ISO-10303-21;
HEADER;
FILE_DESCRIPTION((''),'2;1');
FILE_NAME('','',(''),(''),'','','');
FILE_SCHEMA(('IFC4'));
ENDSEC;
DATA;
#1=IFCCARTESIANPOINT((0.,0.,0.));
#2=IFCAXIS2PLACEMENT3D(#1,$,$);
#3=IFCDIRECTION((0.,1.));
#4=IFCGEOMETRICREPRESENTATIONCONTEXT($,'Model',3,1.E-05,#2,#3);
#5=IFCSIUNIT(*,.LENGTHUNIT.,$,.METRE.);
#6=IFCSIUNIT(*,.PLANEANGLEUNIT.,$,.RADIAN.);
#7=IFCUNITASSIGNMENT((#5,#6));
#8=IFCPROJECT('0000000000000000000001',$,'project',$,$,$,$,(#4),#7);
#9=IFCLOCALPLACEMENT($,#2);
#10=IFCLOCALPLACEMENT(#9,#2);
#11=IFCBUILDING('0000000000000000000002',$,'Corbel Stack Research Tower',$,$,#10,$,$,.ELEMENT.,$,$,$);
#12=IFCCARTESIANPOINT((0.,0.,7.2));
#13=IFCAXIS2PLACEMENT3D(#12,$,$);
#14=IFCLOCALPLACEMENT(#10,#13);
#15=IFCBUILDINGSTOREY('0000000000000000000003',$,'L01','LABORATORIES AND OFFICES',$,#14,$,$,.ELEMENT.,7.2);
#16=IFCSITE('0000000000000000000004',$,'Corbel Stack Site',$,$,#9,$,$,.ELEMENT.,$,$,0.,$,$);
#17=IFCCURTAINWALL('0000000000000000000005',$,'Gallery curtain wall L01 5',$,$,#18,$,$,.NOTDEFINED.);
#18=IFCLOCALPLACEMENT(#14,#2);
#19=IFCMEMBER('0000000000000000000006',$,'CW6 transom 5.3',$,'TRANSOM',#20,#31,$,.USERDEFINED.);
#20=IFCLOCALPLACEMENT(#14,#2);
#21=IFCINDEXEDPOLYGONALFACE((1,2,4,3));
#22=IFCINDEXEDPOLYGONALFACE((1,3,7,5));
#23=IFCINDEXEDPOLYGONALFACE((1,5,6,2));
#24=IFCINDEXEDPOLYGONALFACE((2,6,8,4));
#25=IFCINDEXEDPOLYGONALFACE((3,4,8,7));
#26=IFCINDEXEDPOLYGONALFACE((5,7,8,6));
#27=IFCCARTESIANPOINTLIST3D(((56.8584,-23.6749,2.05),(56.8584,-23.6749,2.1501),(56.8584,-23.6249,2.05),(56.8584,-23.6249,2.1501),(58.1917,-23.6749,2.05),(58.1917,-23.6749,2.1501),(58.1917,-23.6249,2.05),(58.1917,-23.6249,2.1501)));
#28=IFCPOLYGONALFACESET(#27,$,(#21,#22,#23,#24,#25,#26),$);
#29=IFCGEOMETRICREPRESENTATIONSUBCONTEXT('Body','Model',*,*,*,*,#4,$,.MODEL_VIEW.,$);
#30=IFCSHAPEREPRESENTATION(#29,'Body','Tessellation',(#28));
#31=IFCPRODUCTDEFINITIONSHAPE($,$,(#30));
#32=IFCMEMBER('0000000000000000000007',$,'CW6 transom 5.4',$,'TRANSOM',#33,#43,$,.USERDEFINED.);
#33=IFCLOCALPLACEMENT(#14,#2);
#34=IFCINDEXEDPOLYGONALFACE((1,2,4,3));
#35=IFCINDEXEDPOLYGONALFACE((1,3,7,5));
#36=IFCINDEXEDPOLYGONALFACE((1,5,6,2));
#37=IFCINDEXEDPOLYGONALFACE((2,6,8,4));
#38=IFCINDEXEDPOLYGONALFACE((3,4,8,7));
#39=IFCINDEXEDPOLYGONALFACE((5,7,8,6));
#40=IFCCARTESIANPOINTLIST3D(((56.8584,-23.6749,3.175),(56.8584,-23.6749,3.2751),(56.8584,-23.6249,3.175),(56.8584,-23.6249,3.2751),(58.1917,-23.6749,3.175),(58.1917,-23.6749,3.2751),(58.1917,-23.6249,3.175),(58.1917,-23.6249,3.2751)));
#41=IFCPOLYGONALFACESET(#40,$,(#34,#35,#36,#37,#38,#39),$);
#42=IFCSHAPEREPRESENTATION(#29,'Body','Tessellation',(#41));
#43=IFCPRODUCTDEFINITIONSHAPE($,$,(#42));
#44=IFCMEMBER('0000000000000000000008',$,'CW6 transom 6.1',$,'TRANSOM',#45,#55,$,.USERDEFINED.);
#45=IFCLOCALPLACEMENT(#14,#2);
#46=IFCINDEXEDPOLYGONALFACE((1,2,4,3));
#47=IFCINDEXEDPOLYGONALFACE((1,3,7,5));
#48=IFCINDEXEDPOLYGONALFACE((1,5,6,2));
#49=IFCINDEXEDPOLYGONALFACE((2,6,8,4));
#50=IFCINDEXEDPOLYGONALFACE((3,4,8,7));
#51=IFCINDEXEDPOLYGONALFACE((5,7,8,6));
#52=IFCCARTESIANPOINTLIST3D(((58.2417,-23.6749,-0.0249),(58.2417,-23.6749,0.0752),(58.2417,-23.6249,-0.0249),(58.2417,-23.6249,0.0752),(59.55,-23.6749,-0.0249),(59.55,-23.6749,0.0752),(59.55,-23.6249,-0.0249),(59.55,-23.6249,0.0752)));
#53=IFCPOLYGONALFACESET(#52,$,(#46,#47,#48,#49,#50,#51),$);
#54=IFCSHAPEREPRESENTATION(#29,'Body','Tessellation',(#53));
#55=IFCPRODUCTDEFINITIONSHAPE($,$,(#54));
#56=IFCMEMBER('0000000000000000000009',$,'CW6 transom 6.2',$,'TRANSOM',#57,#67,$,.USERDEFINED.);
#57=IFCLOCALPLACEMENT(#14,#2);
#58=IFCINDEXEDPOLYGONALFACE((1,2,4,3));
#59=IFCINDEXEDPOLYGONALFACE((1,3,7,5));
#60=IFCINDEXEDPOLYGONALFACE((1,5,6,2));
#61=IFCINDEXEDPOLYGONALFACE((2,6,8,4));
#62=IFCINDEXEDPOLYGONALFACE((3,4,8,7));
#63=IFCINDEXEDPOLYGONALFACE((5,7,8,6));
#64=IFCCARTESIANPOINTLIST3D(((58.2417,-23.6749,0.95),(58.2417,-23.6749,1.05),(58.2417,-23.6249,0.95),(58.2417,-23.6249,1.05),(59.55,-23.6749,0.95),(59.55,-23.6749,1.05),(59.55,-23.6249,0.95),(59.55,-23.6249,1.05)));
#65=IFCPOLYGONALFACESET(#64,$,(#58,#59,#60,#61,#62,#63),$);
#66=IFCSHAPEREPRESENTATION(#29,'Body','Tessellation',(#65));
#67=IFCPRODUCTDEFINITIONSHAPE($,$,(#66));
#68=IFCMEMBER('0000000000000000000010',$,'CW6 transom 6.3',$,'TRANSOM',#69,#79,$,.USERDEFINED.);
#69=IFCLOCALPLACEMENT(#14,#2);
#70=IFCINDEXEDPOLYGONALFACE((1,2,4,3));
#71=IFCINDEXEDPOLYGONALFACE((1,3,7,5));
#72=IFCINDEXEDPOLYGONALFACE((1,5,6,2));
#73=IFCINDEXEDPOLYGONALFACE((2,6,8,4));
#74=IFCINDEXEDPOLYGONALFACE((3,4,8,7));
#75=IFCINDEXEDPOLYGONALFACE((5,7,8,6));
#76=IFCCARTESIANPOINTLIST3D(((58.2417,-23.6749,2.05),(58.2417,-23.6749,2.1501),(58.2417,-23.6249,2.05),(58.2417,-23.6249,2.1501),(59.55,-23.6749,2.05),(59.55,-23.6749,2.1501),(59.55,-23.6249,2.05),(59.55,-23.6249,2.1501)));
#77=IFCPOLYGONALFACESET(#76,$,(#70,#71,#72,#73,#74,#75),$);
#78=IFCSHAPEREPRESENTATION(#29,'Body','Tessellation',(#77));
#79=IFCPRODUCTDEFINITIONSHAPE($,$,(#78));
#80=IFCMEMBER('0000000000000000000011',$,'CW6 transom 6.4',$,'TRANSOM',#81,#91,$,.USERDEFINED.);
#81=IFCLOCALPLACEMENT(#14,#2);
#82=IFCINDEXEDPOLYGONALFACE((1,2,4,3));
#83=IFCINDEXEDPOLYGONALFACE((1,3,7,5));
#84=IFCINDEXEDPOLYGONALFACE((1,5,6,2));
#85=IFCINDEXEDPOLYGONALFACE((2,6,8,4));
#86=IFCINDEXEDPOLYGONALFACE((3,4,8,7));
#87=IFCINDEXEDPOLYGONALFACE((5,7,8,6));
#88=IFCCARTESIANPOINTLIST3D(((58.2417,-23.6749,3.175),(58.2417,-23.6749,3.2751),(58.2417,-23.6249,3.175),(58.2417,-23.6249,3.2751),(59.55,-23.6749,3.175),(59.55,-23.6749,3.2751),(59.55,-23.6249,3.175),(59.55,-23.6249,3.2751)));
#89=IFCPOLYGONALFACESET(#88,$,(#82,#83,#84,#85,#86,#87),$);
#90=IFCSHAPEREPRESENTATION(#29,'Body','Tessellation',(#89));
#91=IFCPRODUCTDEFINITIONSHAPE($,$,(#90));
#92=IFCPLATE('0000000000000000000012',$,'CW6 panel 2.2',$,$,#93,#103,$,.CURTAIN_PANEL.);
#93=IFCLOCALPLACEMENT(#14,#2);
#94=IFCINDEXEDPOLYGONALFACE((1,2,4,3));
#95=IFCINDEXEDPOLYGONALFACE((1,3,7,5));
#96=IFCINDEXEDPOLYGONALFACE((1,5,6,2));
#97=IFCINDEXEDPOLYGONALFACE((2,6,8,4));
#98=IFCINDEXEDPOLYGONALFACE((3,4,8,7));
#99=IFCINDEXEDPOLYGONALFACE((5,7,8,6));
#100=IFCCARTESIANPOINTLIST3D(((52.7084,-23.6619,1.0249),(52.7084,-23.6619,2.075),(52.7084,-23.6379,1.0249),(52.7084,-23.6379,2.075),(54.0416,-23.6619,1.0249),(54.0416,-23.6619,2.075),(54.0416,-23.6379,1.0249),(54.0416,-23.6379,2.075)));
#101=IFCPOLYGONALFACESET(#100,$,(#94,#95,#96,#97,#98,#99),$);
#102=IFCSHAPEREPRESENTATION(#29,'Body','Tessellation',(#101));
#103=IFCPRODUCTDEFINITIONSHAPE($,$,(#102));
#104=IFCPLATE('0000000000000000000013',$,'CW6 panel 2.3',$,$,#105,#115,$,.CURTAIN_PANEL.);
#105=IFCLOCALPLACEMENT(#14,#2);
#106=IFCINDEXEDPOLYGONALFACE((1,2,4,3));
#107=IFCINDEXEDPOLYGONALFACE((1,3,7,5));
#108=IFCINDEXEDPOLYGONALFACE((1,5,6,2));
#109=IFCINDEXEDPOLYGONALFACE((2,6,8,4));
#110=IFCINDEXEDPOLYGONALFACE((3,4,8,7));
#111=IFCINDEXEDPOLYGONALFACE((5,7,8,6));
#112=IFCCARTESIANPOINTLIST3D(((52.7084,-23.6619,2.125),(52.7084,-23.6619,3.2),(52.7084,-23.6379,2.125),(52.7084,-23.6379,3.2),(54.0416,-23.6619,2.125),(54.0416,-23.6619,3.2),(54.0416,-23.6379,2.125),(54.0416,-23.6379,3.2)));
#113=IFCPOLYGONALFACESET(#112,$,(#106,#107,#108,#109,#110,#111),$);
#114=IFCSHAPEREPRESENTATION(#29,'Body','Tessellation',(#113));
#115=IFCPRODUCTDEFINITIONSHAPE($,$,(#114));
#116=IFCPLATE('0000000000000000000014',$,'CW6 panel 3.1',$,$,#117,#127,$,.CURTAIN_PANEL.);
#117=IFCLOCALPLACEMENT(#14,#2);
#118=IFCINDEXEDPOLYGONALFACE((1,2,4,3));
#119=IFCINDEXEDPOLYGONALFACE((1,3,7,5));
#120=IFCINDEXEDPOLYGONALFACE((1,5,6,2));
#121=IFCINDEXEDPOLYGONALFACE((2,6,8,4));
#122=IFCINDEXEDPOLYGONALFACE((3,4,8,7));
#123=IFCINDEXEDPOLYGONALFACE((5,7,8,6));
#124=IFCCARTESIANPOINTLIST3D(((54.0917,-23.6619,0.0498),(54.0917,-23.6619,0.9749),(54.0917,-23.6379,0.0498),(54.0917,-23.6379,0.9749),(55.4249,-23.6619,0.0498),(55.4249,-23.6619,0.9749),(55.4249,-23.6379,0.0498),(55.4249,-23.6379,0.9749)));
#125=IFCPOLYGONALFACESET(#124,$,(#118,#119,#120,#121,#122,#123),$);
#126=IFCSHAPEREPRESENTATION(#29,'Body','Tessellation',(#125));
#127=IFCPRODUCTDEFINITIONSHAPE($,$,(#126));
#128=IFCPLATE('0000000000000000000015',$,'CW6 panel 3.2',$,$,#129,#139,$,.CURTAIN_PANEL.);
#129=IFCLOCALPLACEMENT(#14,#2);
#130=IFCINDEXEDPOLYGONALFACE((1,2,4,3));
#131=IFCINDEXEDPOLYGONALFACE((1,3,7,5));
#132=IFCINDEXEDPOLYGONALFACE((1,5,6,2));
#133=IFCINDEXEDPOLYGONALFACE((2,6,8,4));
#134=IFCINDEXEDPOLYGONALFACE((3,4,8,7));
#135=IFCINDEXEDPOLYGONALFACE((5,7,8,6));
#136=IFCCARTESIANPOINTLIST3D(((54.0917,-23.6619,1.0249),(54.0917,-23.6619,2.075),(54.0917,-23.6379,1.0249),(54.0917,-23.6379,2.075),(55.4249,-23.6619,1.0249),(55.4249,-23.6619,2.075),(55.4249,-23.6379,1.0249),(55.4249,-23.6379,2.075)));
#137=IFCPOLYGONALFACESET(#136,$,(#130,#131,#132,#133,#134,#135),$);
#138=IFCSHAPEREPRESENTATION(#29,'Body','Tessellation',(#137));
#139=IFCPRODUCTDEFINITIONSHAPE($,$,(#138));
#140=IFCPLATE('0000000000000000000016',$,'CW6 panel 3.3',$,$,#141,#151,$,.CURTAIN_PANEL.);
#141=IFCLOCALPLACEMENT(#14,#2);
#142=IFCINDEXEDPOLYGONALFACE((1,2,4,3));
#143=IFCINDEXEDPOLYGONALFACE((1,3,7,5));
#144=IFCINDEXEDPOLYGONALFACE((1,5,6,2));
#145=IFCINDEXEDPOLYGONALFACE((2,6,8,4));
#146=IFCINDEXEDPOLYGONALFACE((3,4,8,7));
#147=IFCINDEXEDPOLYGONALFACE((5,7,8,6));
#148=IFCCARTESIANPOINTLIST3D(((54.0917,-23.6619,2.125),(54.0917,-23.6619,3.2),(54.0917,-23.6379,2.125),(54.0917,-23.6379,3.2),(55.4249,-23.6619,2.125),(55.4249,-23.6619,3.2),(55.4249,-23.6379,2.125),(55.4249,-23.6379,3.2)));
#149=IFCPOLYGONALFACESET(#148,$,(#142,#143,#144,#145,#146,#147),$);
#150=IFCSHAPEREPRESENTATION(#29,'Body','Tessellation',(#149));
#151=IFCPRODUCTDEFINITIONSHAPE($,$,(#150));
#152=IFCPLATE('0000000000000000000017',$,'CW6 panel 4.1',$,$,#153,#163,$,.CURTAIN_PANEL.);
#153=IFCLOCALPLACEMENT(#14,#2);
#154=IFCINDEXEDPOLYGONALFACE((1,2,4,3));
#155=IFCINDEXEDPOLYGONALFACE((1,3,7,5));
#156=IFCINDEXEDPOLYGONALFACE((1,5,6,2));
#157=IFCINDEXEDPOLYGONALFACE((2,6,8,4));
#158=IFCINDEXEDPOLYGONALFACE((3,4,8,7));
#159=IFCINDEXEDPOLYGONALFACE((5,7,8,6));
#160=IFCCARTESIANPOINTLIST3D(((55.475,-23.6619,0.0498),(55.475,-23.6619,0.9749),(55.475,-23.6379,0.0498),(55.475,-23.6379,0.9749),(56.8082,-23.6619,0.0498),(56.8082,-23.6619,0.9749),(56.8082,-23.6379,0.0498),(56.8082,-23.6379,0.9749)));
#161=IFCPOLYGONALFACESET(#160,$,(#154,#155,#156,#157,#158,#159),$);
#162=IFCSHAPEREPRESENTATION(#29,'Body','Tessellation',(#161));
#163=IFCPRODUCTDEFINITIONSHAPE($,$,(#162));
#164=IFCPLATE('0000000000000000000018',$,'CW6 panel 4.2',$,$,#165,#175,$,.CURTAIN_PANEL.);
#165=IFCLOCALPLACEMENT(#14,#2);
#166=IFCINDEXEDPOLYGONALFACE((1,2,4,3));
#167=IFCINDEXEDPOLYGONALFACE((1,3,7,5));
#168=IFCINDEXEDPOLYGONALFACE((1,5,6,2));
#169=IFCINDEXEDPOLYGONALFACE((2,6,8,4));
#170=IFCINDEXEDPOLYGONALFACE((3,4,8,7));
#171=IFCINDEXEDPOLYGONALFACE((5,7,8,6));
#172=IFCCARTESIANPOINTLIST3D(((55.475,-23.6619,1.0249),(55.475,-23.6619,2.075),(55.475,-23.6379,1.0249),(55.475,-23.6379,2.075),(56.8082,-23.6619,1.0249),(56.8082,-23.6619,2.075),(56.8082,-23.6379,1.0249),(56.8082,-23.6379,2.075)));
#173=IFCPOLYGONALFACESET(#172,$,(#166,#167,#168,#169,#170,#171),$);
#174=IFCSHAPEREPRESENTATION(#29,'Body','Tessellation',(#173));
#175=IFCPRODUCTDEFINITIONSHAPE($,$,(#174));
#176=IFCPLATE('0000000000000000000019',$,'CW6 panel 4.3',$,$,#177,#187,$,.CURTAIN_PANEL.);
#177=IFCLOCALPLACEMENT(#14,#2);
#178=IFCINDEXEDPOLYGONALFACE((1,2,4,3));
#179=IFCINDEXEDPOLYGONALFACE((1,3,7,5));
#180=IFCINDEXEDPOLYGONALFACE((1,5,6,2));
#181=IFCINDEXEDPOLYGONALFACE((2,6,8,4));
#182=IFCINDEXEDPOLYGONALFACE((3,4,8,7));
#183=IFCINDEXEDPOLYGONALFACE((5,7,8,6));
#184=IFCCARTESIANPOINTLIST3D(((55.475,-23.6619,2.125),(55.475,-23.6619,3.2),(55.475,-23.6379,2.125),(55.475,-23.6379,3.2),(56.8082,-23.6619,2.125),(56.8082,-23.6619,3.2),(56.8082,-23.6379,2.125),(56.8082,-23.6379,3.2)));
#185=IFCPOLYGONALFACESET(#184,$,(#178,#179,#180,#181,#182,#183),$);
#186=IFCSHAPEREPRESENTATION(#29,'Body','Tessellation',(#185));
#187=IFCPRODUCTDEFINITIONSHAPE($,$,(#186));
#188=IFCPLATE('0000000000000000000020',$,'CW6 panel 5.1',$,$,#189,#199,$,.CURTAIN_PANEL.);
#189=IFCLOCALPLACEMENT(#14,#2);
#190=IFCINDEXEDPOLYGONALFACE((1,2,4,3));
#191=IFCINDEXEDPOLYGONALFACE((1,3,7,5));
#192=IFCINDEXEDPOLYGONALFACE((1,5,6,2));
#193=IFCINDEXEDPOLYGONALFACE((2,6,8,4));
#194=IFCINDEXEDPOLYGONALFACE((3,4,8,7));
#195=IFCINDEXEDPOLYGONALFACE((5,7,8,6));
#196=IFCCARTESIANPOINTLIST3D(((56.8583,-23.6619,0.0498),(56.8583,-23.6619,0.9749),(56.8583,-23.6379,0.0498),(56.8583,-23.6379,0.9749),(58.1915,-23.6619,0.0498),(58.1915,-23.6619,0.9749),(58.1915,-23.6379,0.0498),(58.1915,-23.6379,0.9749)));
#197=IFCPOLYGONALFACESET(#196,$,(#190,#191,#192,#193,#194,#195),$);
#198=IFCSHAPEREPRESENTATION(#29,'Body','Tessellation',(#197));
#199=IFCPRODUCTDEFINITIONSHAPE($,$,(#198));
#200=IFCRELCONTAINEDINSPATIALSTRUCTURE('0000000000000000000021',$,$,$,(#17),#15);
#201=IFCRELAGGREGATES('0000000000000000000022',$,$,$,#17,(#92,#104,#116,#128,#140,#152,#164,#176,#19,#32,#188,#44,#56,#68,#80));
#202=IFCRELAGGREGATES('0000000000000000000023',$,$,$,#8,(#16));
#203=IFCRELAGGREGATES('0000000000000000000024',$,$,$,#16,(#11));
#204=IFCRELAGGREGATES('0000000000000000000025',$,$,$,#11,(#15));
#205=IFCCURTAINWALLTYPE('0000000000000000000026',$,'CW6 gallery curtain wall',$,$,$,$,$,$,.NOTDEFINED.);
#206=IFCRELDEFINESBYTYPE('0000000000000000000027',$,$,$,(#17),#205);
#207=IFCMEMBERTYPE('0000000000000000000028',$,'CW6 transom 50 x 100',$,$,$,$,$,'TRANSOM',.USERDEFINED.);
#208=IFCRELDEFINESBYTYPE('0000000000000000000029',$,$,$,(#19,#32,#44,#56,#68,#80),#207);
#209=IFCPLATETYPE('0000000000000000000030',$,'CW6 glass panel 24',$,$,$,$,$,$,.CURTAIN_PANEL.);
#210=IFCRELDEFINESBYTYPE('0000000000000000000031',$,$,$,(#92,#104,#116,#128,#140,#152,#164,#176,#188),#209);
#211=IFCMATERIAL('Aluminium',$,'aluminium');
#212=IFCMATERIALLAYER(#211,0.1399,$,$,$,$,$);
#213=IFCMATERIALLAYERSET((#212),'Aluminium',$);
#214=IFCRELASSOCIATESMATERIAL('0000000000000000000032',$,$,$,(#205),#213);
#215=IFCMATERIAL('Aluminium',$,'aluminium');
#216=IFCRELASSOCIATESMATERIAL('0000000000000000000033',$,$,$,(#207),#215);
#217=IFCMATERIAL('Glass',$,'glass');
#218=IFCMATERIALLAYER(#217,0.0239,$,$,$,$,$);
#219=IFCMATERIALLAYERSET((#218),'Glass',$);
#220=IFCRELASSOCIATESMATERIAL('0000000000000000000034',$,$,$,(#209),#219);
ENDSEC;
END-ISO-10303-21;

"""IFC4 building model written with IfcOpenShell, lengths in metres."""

from ifc_helpers import new_model, si_unit, direction, frame, origin, origin_2d, place, context, subcontext, project, spatial, rectangle, extrude, material, layer, layer_set, material_profile, profile_set, type_object, element, aggregate, save


model = new_model("IFC4")

# Units and contexts
model_context = context("Model", 3, precision=1e-05, world=origin(), true_north=direction((0.0, 1.0)))
body_context = subcontext(model_context, "Body", "Model", "MODEL_VIEW")
ifc_project = project(units=[si_unit("LENGTHUNIT", "METRE"), si_unit("PLANEANGLEUNIT", "RADIAN")], contexts=[model_context])

# Site, building, storey
site_placement = place(None, origin())
site = spatial("IfcSite", under=ifc_project, at=site_placement, Name="Corbel Stack Site", CompositionType="ELEMENT", RefElevation=0.0)
building_placement = place(site_placement, origin())
building = spatial("IfcBuilding", under=site, at=building_placement, Name="Corbel Stack Research Tower", CompositionType="ELEMENT")
storey_placement = place(building_placement, frame((0.0, 0.0, 7.2)))
storey = spatial("IfcBuildingStorey", under=building, at=storey_placement, Name="L01", Description="LABORATORIES AND OFFICES", CompositionType="ELEMENT", Elevation=7.2)

# Curtain wall, members, plates
ifc_material_1 = material(Name="Aluminium", Category="aluminium")
ifc_layer_1 = layer(ifc_material_1, 0.1399)
ifc_layer_set_1 = layer_set([ifc_layer_1], Name="Aluminium")
curtain_wall_type = type_object("IfcCurtainWallType", Name="CW6 gallery curtain wall", PredefinedType="NOTDEFINED", material=ifc_layer_set_1)
curtain_wall_placement = place(storey_placement, origin())
curtain_wall = element("IfcCurtainWall", 1, at=curtain_wall_placement, inside=storey, type_object=curtain_wall_type, Name="Gallery curtain wall L01 5", PredefinedType="NOTDEFINED")
ifc_material_2 = material(Name="Aluminium", Category="aluminium")
ifc_material_profile_1 = material_profile(ifc_material_2, rectangle(XDim=0.05, YDim=0.1001, at=origin_2d()), Name="Transom 50 x 100")
ifc_profile_set_1 = profile_set([ifc_material_profile_1], Name="Aluminium")
member_type_1 = type_object("IfcMemberType", Name="CW6 transom 50 x 100", ElementType="TRANSOM", PredefinedType="USERDEFINED", material=ifc_profile_set_1)
member_1_placement = place(storey_placement, frame((56.8584, -23.6499, 2.1001), z_axis=(1.0, 0.0, 0.0), x_axis=(0.0, 1.0, 0.0)))
member_1 = element("IfcMember", 2, at=member_1_placement, type_object=member_type_1, Name="CW6 transom 5.3", ObjectType="TRANSOM", PredefinedType="USERDEFINED", context=body_context, shape_type="SweptSolid", body=[
    extrude(rectangle(XDim=0.05, YDim=0.1001, at=origin_2d()), origin(), (0.0, 0.0, 1.0), 1.3333),
])
member_2_placement = place(storey_placement, frame((56.8584, -23.6499, 3.2251), z_axis=(1.0, 0.0, 0.0), x_axis=(0.0, 1.0, 0.0)))
member_2 = element("IfcMember", 3, at=member_2_placement, type_object=member_type_1, Name="CW6 transom 5.4", ObjectType="TRANSOM", PredefinedType="USERDEFINED", context=body_context, shape_type="SweptSolid", body=[
    extrude(rectangle(XDim=0.05, YDim=0.1001, at=origin_2d()), origin(), (0.0, 0.0, 1.0), 1.3333),
])
member_3_placement = place(storey_placement, frame((58.2417, -23.6499, 0.0251), z_axis=(1.0, 0.0, 0.0), x_axis=(0.0, 1.0, 0.0)))
member_3 = element("IfcMember", 4, at=member_3_placement, type_object=member_type_1, Name="CW6 transom 6.1", ObjectType="TRANSOM", PredefinedType="USERDEFINED", context=body_context, shape_type="SweptSolid", body=[
    extrude(rectangle(XDim=0.05, YDim=0.1001, at=origin_2d()), origin(), (0.0, 0.0, 1.0), 1.3083),
])
member_4_placement = place(storey_placement, frame((58.2417, -23.6499, 1.0), z_axis=(1.0, 0.0, 0.0), x_axis=(0.0, 1.0, 0.0)))
member_4 = element("IfcMember", 5, at=member_4_placement, type_object=member_type_1, Name="CW6 transom 6.2", ObjectType="TRANSOM", PredefinedType="USERDEFINED", context=body_context, shape_type="SweptSolid", body=[
    extrude(rectangle(XDim=0.05, YDim=0.1001, at=origin_2d()), origin(), (0.0, 0.0, 1.0), 1.3083),
])
member_5_placement = place(storey_placement, frame((58.2417, -23.6499, 2.1001), z_axis=(1.0, 0.0, 0.0), x_axis=(0.0, 1.0, 0.0)))
member_5 = element("IfcMember", 6, at=member_5_placement, type_object=member_type_1, Name="CW6 transom 6.3", ObjectType="TRANSOM", PredefinedType="USERDEFINED", context=body_context, shape_type="SweptSolid", body=[
    extrude(rectangle(XDim=0.05, YDim=0.1001, at=origin_2d()), origin(), (0.0, 0.0, 1.0), 1.3083),
])
member_6_placement = place(storey_placement, frame((58.2417, -23.6499, 3.2251), z_axis=(1.0, 0.0, 0.0), x_axis=(0.0, 1.0, 0.0)))
member_6 = element("IfcMember", 7, at=member_6_placement, type_object=member_type_1, Name="CW6 transom 6.4", ObjectType="TRANSOM", PredefinedType="USERDEFINED", context=body_context, shape_type="SweptSolid", body=[
    extrude(rectangle(XDim=0.05, YDim=0.1001, at=origin_2d()), origin(), (0.0, 0.0, 1.0), 1.3083),
])
ifc_material_3 = material(Name="Glass", Category="glass")
ifc_layer_2 = layer(ifc_material_3, 0.0239)
ifc_layer_set_2 = layer_set([ifc_layer_2], Name="Glass")
plate_type = type_object("IfcPlateType", Name="CW6 glass panel 24", PredefinedType="CURTAIN_PANEL", material=ifc_layer_set_2)
plate_1_placement = place(storey_placement, frame((53.375, -23.6499, 1.0249), z_axis=(0.0, 0.0, 1.0), x_axis=(1.0, 0.0, 0.0)))
plate_1 = element("IfcPlate", 8, at=plate_1_placement, type_object=plate_type, Name="CW6 panel 2.2", PredefinedType="CURTAIN_PANEL", context=body_context, shape_type="SweptSolid", body=[
    extrude(rectangle(XDim=1.3333, YDim=0.0239, at=origin_2d()), origin(), (0.0, 0.0, 1.0), 1.05),
])
plate_2_placement = place(storey_placement, frame((53.375, -23.6499, 2.125), z_axis=(0.0, 0.0, 1.0), x_axis=(1.0, 0.0, 0.0)))
plate_2 = element("IfcPlate", 9, at=plate_2_placement, type_object=plate_type, Name="CW6 panel 2.3", PredefinedType="CURTAIN_PANEL", context=body_context, shape_type="SweptSolid", body=[
    extrude(rectangle(XDim=1.3333, YDim=0.0239, at=origin_2d()), origin(), (0.0, 0.0, 1.0), 1.075),
])
plate_3_placement = place(storey_placement, frame((54.7583, -23.6499, 0.0498), z_axis=(0.0, 0.0, 1.0), x_axis=(1.0, 0.0, 0.0)))
plate_3 = element("IfcPlate", 10, at=plate_3_placement, type_object=plate_type, Name="CW6 panel 3.1", PredefinedType="CURTAIN_PANEL", context=body_context, shape_type="SweptSolid", body=[
    extrude(rectangle(XDim=1.3333, YDim=0.0239, at=origin_2d()), origin(), (0.0, 0.0, 1.0), 0.925),
])
plate_4_placement = place(storey_placement, frame((54.7583, -23.6499, 1.0249), z_axis=(0.0, 0.0, 1.0), x_axis=(1.0, 0.0, 0.0)))
plate_4 = element("IfcPlate", 11, at=plate_4_placement, type_object=plate_type, Name="CW6 panel 3.2", PredefinedType="CURTAIN_PANEL", context=body_context, shape_type="SweptSolid", body=[
    extrude(rectangle(XDim=1.3333, YDim=0.0239, at=origin_2d()), origin(), (0.0, 0.0, 1.0), 1.05),
])
plate_5_placement = place(storey_placement, frame((54.7583, -23.6499, 2.125), z_axis=(0.0, 0.0, 1.0), x_axis=(1.0, 0.0, 0.0)))
plate_5 = element("IfcPlate", 12, at=plate_5_placement, type_object=plate_type, Name="CW6 panel 3.3", PredefinedType="CURTAIN_PANEL", context=body_context, shape_type="SweptSolid", body=[
    extrude(rectangle(XDim=1.3333, YDim=0.0239, at=origin_2d()), origin(), (0.0, 0.0, 1.0), 1.075),
])
plate_6_placement = place(storey_placement, frame((56.1416, -23.6499, 0.0498), z_axis=(0.0, 0.0, 1.0), x_axis=(1.0, 0.0, 0.0)))
plate_6 = element("IfcPlate", 13, at=plate_6_placement, type_object=plate_type, Name="CW6 panel 4.1", PredefinedType="CURTAIN_PANEL", context=body_context, shape_type="SweptSolid", body=[
    extrude(rectangle(XDim=1.3333, YDim=0.0239, at=origin_2d()), origin(), (0.0, 0.0, 1.0), 0.925),
])
plate_7_placement = place(storey_placement, frame((56.1416, -23.6499, 1.0249), z_axis=(0.0, 0.0, 1.0), x_axis=(1.0, 0.0, 0.0)))
plate_7 = element("IfcPlate", 14, at=plate_7_placement, type_object=plate_type, Name="CW6 panel 4.2", PredefinedType="CURTAIN_PANEL", context=body_context, shape_type="SweptSolid", body=[
    extrude(rectangle(XDim=1.3333, YDim=0.0239, at=origin_2d()), origin(), (0.0, 0.0, 1.0), 1.05),
])
plate_8_placement = place(storey_placement, frame((56.1416, -23.6499, 2.125), z_axis=(0.0, 0.0, 1.0), x_axis=(1.0, 0.0, 0.0)))
plate_8 = element("IfcPlate", 15, at=plate_8_placement, type_object=plate_type, Name="CW6 panel 4.3", PredefinedType="CURTAIN_PANEL", context=body_context, shape_type="SweptSolid", body=[
    extrude(rectangle(XDim=1.3333, YDim=0.0239, at=origin_2d()), origin(), (0.0, 0.0, 1.0), 1.075),
])
plate_9_placement = place(storey_placement, frame((57.5249, -23.6499, 0.0498), z_axis=(0.0, 0.0, 1.0), x_axis=(1.0, 0.0, 0.0)))
plate_9 = element("IfcPlate", 16, at=plate_9_placement, type_object=plate_type, Name="CW6 panel 5.1", PredefinedType="CURTAIN_PANEL", context=body_context, shape_type="SweptSolid", body=[
    extrude(rectangle(XDim=1.3333, YDim=0.0239, at=origin_2d()), origin(), (0.0, 0.0, 1.0), 0.925),
])
aggregate(curtain_wall, [plate_1, plate_2, plate_3, plate_4, plate_5, plate_6, plate_7, plate_8, member_1, member_2, plate_9, member_3, member_4, member_5, member_6])

save(model, "model.ifc")
